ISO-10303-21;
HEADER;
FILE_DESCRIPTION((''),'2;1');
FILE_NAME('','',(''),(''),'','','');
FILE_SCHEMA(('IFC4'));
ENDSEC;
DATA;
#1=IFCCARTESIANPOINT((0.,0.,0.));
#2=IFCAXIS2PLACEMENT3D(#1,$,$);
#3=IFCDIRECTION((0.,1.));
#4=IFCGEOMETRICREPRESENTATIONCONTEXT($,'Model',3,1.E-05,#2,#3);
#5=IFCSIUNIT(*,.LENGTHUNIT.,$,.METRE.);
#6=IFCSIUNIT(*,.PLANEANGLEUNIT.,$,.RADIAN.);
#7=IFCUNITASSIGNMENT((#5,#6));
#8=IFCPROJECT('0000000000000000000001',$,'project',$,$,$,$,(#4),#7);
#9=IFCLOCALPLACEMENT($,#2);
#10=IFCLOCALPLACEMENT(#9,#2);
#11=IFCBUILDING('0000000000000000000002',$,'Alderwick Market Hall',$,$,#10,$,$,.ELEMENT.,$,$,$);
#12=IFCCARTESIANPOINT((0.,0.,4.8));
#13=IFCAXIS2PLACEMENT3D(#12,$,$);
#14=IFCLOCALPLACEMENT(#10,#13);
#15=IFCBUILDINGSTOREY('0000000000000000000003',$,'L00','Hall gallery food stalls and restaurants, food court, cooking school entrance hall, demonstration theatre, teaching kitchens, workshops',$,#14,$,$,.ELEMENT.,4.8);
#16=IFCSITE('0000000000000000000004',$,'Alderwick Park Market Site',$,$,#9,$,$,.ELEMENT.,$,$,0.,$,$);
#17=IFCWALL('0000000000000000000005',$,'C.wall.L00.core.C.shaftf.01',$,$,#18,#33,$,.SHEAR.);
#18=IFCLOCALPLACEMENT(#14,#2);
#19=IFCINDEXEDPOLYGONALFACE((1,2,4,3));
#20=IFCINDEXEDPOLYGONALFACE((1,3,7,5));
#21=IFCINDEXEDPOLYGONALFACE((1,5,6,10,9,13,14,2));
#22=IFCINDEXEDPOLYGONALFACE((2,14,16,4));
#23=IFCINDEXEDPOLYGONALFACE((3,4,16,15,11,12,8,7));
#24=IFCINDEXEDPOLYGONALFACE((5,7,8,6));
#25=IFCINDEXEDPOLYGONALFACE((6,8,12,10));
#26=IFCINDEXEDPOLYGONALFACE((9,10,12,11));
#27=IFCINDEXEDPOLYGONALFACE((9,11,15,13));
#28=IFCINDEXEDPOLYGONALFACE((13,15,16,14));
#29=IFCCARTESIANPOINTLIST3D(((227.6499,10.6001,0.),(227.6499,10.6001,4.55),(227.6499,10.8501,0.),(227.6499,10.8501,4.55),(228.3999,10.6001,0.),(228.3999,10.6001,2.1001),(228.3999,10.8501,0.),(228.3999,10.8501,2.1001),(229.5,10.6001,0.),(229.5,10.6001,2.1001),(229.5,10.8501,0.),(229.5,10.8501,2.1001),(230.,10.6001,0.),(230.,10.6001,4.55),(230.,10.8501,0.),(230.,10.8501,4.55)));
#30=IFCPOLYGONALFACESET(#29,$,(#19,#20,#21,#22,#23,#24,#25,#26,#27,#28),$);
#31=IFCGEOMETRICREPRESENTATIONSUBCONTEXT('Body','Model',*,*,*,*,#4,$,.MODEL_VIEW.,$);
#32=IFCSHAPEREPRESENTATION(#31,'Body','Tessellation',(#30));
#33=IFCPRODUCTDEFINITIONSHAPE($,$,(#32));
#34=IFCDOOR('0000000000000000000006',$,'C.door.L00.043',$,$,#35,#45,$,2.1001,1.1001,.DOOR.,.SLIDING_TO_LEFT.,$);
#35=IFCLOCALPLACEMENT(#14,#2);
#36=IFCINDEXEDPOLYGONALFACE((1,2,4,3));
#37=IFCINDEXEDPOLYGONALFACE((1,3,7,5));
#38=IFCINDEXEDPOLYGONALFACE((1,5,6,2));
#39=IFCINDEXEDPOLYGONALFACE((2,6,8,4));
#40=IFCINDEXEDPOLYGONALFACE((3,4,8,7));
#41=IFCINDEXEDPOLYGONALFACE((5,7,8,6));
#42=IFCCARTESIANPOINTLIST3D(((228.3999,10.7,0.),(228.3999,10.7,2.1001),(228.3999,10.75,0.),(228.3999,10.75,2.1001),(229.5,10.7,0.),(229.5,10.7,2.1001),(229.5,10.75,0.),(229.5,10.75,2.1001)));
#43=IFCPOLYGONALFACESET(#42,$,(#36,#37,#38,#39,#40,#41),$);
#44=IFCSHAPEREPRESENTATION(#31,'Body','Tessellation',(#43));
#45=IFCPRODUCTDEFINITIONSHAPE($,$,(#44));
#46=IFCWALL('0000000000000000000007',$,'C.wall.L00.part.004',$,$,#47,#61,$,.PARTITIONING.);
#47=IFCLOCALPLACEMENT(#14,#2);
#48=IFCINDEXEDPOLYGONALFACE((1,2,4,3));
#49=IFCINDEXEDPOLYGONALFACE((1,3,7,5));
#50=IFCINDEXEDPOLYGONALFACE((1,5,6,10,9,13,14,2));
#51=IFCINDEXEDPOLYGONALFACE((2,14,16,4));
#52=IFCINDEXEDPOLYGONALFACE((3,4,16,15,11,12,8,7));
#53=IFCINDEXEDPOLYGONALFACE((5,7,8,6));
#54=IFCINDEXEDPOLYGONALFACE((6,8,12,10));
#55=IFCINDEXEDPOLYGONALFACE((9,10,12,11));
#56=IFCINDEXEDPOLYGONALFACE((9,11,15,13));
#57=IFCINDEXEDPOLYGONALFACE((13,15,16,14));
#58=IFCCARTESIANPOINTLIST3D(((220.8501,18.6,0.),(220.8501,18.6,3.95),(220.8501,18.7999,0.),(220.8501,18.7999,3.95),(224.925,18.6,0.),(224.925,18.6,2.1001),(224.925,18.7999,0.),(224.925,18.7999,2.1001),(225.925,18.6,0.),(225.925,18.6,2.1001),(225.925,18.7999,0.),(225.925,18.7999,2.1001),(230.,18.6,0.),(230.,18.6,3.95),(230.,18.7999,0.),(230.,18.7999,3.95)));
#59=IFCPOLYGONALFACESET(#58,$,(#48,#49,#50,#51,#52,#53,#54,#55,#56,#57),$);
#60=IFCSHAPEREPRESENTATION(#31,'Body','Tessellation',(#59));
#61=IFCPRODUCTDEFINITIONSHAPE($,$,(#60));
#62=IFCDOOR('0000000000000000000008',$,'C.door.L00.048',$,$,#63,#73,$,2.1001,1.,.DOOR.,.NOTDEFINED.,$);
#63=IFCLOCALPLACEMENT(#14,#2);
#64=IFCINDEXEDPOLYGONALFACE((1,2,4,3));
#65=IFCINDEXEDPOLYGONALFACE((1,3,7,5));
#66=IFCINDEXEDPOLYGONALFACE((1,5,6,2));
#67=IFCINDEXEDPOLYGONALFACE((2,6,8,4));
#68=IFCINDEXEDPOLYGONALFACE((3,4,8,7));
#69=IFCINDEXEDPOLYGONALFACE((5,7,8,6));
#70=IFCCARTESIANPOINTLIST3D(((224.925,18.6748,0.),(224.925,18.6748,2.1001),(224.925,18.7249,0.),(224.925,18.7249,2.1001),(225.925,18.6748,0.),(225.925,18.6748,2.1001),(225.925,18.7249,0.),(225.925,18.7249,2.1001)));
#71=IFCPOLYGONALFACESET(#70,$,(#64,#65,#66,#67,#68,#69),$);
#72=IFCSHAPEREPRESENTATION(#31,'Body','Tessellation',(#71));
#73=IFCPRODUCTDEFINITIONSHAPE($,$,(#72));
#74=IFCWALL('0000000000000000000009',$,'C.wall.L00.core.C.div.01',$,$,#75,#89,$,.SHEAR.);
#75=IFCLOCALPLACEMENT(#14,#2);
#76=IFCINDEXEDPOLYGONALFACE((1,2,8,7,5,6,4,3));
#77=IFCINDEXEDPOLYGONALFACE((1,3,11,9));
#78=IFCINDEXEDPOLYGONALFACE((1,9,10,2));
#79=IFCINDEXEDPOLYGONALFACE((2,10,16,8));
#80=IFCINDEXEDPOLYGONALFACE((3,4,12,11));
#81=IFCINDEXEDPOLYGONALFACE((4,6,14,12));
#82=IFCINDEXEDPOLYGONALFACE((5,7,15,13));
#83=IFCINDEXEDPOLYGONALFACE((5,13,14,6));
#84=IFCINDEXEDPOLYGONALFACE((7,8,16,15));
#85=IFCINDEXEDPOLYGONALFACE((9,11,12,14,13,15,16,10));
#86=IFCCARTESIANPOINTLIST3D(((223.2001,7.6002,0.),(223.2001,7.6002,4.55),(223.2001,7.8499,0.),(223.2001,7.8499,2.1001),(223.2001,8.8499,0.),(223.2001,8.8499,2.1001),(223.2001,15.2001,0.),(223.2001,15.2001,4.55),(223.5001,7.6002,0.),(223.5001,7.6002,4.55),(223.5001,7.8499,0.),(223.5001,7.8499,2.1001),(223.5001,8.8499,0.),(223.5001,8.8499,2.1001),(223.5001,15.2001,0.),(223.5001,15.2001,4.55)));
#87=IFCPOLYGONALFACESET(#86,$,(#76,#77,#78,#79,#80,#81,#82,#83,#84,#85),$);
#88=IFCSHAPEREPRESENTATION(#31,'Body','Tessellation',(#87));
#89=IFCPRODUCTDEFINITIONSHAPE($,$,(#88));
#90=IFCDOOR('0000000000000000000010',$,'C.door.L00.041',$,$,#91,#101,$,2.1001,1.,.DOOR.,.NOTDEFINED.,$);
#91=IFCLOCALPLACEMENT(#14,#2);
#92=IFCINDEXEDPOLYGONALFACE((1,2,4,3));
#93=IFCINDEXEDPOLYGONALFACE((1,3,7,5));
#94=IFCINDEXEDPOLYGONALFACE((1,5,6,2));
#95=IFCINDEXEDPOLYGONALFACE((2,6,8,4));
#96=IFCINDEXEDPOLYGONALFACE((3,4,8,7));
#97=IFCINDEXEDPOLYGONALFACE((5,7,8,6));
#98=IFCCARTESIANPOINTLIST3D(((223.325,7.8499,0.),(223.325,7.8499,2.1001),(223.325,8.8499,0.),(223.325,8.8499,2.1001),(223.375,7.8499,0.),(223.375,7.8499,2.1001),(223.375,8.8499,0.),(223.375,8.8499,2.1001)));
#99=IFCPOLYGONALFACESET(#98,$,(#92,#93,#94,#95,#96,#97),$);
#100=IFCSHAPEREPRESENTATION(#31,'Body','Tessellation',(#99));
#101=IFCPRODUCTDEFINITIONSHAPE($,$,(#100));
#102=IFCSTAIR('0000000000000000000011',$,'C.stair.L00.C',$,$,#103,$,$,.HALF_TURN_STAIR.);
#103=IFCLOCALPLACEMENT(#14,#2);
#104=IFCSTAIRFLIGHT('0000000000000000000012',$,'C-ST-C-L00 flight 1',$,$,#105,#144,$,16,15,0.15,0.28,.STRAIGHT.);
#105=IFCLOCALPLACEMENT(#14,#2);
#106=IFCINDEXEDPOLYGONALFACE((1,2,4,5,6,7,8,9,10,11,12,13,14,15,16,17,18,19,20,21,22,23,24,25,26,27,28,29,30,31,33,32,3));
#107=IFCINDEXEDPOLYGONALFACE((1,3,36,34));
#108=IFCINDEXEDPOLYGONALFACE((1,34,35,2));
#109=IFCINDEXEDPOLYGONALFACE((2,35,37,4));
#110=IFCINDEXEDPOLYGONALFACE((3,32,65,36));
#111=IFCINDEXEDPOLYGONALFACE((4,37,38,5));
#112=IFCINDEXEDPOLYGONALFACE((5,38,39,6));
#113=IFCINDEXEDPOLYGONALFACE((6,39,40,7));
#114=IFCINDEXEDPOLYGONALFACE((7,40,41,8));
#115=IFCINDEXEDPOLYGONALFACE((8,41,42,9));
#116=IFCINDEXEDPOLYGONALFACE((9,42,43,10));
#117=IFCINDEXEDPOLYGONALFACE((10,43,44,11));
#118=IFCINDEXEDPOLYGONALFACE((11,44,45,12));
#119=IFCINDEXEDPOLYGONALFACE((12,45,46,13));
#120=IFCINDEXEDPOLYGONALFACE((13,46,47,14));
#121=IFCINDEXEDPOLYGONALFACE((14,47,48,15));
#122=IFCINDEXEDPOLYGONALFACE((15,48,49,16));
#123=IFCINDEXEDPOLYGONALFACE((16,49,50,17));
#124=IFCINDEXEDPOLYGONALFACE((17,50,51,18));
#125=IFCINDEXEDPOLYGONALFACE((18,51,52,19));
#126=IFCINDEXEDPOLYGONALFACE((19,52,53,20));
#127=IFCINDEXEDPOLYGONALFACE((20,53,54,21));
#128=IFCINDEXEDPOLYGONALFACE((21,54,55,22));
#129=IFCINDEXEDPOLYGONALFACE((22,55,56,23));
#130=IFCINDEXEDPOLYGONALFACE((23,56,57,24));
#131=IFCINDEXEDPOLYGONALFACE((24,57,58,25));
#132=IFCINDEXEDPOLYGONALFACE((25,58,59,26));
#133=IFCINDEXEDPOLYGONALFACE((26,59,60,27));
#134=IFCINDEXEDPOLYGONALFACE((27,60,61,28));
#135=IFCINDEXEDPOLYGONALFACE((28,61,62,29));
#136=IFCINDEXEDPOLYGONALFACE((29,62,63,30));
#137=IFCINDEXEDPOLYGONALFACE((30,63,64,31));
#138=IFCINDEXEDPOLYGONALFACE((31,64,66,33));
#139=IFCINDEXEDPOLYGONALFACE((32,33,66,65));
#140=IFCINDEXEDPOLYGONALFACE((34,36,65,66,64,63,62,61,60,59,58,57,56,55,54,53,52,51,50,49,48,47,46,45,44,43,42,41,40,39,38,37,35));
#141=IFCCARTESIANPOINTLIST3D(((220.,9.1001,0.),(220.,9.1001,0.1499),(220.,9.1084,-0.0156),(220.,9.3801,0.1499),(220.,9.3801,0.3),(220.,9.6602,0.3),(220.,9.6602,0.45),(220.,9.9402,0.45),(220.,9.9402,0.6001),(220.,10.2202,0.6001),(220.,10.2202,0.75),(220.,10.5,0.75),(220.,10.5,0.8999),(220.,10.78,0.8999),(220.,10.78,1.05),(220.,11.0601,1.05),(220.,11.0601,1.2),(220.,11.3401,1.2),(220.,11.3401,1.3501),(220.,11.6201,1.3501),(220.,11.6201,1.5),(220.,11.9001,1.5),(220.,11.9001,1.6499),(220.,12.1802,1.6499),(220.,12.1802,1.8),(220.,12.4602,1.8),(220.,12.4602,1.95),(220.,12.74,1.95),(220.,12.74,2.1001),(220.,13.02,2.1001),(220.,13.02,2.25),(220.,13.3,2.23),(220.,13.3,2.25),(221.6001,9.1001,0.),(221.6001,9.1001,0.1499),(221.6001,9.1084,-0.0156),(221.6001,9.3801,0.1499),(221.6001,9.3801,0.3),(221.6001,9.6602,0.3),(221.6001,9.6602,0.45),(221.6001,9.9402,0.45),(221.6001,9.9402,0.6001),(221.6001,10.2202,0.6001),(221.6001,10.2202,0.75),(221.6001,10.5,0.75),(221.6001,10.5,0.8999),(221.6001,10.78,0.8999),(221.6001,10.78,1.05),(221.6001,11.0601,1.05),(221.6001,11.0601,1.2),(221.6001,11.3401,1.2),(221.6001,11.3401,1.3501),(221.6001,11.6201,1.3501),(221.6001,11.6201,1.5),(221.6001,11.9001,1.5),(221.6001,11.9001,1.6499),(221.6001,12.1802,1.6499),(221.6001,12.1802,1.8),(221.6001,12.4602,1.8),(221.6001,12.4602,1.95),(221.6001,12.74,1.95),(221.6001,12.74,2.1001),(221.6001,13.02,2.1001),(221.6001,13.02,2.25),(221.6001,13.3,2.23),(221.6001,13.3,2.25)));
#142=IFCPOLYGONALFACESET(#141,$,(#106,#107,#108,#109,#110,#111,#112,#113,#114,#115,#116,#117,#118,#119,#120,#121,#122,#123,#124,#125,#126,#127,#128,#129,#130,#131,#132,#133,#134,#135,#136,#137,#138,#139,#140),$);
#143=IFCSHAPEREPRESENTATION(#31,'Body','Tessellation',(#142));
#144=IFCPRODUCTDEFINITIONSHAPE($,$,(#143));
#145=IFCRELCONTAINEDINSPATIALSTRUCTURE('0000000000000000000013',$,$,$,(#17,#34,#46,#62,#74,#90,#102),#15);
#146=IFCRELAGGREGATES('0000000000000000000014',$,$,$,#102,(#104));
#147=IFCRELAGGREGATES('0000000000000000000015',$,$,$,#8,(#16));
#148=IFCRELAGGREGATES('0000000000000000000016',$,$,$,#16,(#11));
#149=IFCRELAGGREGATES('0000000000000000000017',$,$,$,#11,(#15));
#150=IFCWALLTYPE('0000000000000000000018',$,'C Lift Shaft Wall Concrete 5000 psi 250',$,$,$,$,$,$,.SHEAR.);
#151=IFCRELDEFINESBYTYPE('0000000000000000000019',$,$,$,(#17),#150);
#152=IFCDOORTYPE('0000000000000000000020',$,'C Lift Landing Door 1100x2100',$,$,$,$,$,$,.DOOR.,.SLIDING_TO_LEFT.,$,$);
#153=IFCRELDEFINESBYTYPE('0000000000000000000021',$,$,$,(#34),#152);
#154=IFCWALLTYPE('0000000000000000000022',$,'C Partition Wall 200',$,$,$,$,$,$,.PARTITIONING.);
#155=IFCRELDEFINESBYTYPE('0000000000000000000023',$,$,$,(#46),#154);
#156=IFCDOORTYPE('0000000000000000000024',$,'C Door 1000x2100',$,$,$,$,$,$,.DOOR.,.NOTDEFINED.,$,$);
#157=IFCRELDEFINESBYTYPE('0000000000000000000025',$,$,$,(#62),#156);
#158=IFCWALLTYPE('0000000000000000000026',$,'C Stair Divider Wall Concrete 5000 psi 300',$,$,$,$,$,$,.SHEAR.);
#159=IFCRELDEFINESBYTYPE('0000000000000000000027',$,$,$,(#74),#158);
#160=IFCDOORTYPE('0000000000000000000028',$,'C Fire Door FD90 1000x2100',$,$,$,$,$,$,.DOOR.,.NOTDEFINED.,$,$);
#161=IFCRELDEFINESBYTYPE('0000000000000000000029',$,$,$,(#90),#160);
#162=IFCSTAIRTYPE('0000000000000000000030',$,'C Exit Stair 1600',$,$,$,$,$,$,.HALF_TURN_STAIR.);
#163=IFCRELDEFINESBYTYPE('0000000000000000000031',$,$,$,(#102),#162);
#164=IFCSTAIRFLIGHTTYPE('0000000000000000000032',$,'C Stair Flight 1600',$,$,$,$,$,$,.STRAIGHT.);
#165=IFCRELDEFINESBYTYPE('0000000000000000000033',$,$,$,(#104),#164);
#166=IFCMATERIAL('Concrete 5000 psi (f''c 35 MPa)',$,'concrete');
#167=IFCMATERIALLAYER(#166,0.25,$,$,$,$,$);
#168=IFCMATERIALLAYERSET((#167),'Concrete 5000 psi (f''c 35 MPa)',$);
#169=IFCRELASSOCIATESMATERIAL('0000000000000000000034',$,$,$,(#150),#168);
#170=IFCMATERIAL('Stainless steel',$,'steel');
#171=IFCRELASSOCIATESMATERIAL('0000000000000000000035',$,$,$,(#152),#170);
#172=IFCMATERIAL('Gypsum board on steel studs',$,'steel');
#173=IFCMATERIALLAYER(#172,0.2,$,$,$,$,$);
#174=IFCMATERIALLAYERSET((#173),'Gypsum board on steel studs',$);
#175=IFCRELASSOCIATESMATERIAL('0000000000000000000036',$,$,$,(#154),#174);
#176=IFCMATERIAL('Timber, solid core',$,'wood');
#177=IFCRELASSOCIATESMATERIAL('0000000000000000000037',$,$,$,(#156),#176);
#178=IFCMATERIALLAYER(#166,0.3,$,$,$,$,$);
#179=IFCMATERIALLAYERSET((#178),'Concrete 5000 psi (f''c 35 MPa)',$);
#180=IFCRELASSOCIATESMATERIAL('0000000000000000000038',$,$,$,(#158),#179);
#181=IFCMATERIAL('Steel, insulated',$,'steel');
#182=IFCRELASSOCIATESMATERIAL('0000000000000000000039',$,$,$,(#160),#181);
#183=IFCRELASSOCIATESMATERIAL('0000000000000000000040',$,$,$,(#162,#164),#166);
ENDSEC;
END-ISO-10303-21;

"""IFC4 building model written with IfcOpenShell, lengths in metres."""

from ifc_helpers import new_model, si_unit, direction, frame, frame_2d, origin, place, context, subcontext, project, spatial, polyline, rectangle, outline, extrude, material, layer, layer_set, type_object, element, fill, aggregate, save


model = new_model("IFC4")

# Units and contexts
model_context = context("Model", 3, precision=1e-05, world=origin(), true_north=direction((0.0, 1.0)))
body_context = subcontext(model_context, "Body", "Model", "MODEL_VIEW")
ifc_project = project(units=[si_unit("LENGTHUNIT", "METRE"), si_unit("PLANEANGLEUNIT", "RADIAN")], contexts=[model_context])

# Site, building, storey
site_placement = place(None, origin())
site = spatial("IfcSite", under=ifc_project, at=site_placement, Name="Alderwick Park Market Site", CompositionType="ELEMENT", RefElevation=0.0)
building_placement = place(site_placement, origin())
building = spatial("IfcBuilding", under=site, at=building_placement, Name="Alderwick Market Hall", CompositionType="ELEMENT")
storey_placement = place(building_placement, frame((0.0, 0.0, 4.8)))
storey = spatial("IfcBuildingStorey", under=building, at=storey_placement, Name="L00", Description="Hall gallery food stalls and restaurants, food court, cooking school entrance hall, demonstration theatre, teaching kitchens, workshops", CompositionType="ELEMENT", Elevation=4.8)

# Shared definitions
ifc_material_1 = material(Name="Concrete 5000 psi (f'c 35 MPa)", Category="concrete")

# Shared definitions
ifc_material_2 = material(Name="Steel, insulated", Category="steel")

# Shared definitions
ifc_layer_1 = layer(ifc_material_1, 0.25)
ifc_layer_set_1 = layer_set([ifc_layer_1], Name="Concrete 5000 psi (f'c 35 MPa)")
wall_type_1 = type_object("IfcWallType", Name="C Lift Shaft Wall Concrete 5000 psi 250", PredefinedType="SHEAR", material=ifc_layer_set_1)

# Walls, openings, doors
wall_1_placement = place(storey_placement, frame((227.6499, 10.7251, 0.0), z_axis=(0.0, 0.0, 1.0), x_axis=(1.0, 0.0, 0.0)))
wall_1 = element("IfcWall", 1, at=wall_1_placement, inside=storey, type_object=wall_type_1, Name="C.wall.L00.core.C.shaftf.01", PredefinedType="SHEAR", context=body_context, shape_type="SweptSolid", body=[
    extrude(rectangle(XDim=2.3501, YDim=0.25, at=frame_2d((1.175, 0.0))), origin(), (0.0, 0.0, 1.0), 4.55),
])
opening_1_placement = place(wall_1_placement, frame((0.75, 0.0, 0.0)))
opening_1 = element("IfcOpeningElement", 2, at=opening_1_placement, cuts=wall_1, PredefinedType="OPENING", context=body_context, shape_type="SweptSolid", body=[
    extrude(rectangle(XDim=1.1001, YDim=2.1001, at=frame_2d((0.55, 1.05))), frame((0.0, 0.135, 0.0), z_axis=(0.0, -1.0, 0.0), x_axis=(1.0, 0.0, 0.0)), (0.0, 0.0, 1.0), 0.27),
])
ifc_material_3 = material(Name="Stainless steel", Category="steel")
door_type_1 = type_object("IfcDoorType", Name="C Lift Landing Door 1100x2100", OperationType="SLIDING_TO_LEFT", PredefinedType="DOOR", material=ifc_material_3)
door_1_placement = place(opening_1_placement, origin())
door_1 = element("IfcDoor", 3, at=door_1_placement, inside=storey, type_object=door_type_1, Name="C.door.L00.043", OperationType="SLIDING_TO_LEFT", OverallHeight=2.1001, OverallWidth=1.1001, PredefinedType="DOOR", context=body_context, shape_type="SweptSolid", body=[
    extrude(rectangle(XDim=1.1001, YDim=2.1001, at=frame_2d((0.55, 1.05))), frame((0.0, 0.0249, 0.0), z_axis=(0.0, -1.0, 0.0), x_axis=(1.0, 0.0, 0.0)), (0.0, 0.0, 1.0), 0.05),
])
fill(opening_1, door_1)
ifc_material_4 = material(Name="Gypsum board on steel studs", Category="steel")
ifc_layer_2 = layer(ifc_material_4, 0.2)
ifc_layer_set_2 = layer_set([ifc_layer_2], Name="Gypsum board on steel studs")
wall_type_2 = type_object("IfcWallType", Name="C Partition Wall 200", PredefinedType="PARTITIONING", material=ifc_layer_set_2)
wall_2_placement = place(storey_placement, frame((220.8501, 18.7, 0.0), z_axis=(0.0, 0.0, 1.0), x_axis=(1.0, 0.0, 0.0)))
wall_2 = element("IfcWall", 4, at=wall_2_placement, inside=storey, type_object=wall_type_2, Name="C.wall.L00.part.004", PredefinedType="PARTITIONING", context=body_context, shape_type="SweptSolid", body=[
    extrude(rectangle(XDim=9.1499, YDim=0.2, at=frame_2d((4.575, 0.0))), origin(), (0.0, 0.0, 1.0), 3.95),
])
opening_2_placement = place(wall_2_placement, frame((4.075, 0.0, 0.0)))
opening_2 = element("IfcOpeningElement", 5, at=opening_2_placement, cuts=wall_2, PredefinedType="OPENING", context=body_context, shape_type="SweptSolid", body=[
    extrude(rectangle(XDim=1.0, YDim=2.1001, at=frame_2d((0.5, 1.05))), frame((0.0, 0.1099, 0.0), z_axis=(0.0, -1.0, 0.0), x_axis=(1.0, 0.0, 0.0)), (0.0, 0.0, 1.0), 0.22),
])
ifc_material_5 = material(Name="Timber, solid core", Category="wood")
door_type_2 = type_object("IfcDoorType", Name="C Door 1000x2100", OperationType="NOTDEFINED", PredefinedType="DOOR", material=ifc_material_5)
door_2_placement = place(opening_2_placement, origin())
door_2 = element("IfcDoor", 6, at=door_2_placement, inside=storey, type_object=door_type_2, Name="C.door.L00.048", OperationType="NOTDEFINED", OverallHeight=2.1001, OverallWidth=1.0, PredefinedType="DOOR", context=body_context, shape_type="SweptSolid", body=[
    extrude(rectangle(XDim=1.0, YDim=2.1001, at=frame_2d((0.5, 1.05))), frame((0.0, 0.0249, 0.0), z_axis=(0.0, -1.0, 0.0), x_axis=(1.0, 0.0, 0.0)), (0.0, 0.0, 1.0), 0.05),
])
fill(opening_2, door_2)
ifc_layer_3 = layer(ifc_material_1, 0.3)
ifc_layer_set_3 = layer_set([ifc_layer_3], Name="Concrete 5000 psi (f'c 35 MPa)")
wall_type_3 = type_object("IfcWallType", Name="C Stair Divider Wall Concrete 5000 psi 300", PredefinedType="SHEAR", material=ifc_layer_set_3)
wall_3_placement = place(storey_placement, frame((223.3501, 15.2, 0.0), z_axis=(0.0, 0.0, 1.0), x_axis=(0.0, -1.0, 0.0)))
wall_3 = element("IfcWall", 7, at=wall_3_placement, inside=storey, type_object=wall_type_3, Name="C.wall.L00.core.C.div.01", PredefinedType="SHEAR", context=body_context, shape_type="SweptSolid", body=[
    extrude(rectangle(XDim=7.5999, YDim=0.3, at=frame_2d((3.7998, 0.0))), origin(), (0.0, 0.0, 1.0), 4.55),
])
opening_3_placement = place(wall_3_placement, frame((6.3501, 0.0, 0.0)))
opening_3 = element("IfcOpeningElement", 8, at=opening_3_placement, cuts=wall_3, PredefinedType="OPENING", context=body_context, shape_type="SweptSolid", body=[
    extrude(rectangle(XDim=1.0, YDim=2.1001, at=frame_2d((0.5, 1.05))), frame((0.0, 0.1599, 0.0), z_axis=(0.0, -1.0, 0.0), x_axis=(1.0, 0.0, 0.0)), (0.0, 0.0, 1.0), 0.3201),
])
door_type_3 = type_object("IfcDoorType", Name="C Fire Door FD90 1000x2100", OperationType="NOTDEFINED", PredefinedType="DOOR", material=ifc_material_2)
door_3_placement = place(opening_3_placement, origin())
door_3 = element("IfcDoor", 9, at=door_3_placement, inside=storey, type_object=door_type_3, Name="C.door.L00.041", OperationType="NOTDEFINED", OverallHeight=2.1001, OverallWidth=1.0, PredefinedType="DOOR", context=body_context, shape_type="SweptSolid", body=[
    extrude(rectangle(XDim=1.0, YDim=2.1001, at=frame_2d((0.5, 1.05))), frame((0.0, 0.0249, 0.0), z_axis=(0.0, -1.0, 0.0), x_axis=(1.0, 0.0, 0.0)), (0.0, 0.0, 1.0), 0.05),
])
fill(opening_3, door_3)

# Stair, stair flight
stair_type = type_object("IfcStairType", Name="C Exit Stair 1600", PredefinedType="HALF_TURN_STAIR", material=ifc_material_1)
stair_placement = place(storey_placement, origin())
stair = element("IfcStair", 10, at=stair_placement, inside=storey, type_object=stair_type, Name="C.stair.L00.C", PredefinedType="HALF_TURN_STAIR")
stair_flight_type = type_object("IfcStairFlightType", Name="C Stair Flight 1600", PredefinedType="STRAIGHT", material=ifc_material_1)
stair_flight_1_placement = place(storey_placement, frame((220.8, 9.1001, 0.0), z_axis=(0.0, 0.0, 1.0), x_axis=(0.0, 1.0, 0.0)))
stair_flight_1 = element("IfcStairFlight", 11, at=stair_flight_1_placement, type_object=stair_flight_type, Name="C-ST-C-L00 flight 1", NumberOfRisers=16, NumberOfTreads=15, PredefinedType="STRAIGHT", RiserHeight=0.15, TreadLength=0.28, context=body_context, shape_type="SweptSolid", body=[
    extrude(outline(polyline([(0.0083, -0.0156), (0.0, 0.0), (0.0, 0.1499), (0.28, 0.1499), (0.28, 0.3), (0.5601, 0.3), (0.5601, 0.45), (0.8401, 0.45), (0.8401, 0.6001), (1.1201, 0.6001), (1.1201, 0.75), (1.3999, 0.75), (1.3999, 0.8999), (1.6799, 0.8999), (1.6799, 1.05), (1.96, 1.05), (1.96, 1.2), (2.24, 1.2), (2.24, 1.3501), (2.52, 1.3501), (2.52, 1.5), (2.8, 1.5), (2.8, 1.6499), (3.0801, 1.6499), (3.0801, 1.8), (3.3601, 1.8), (3.3601, 1.95), (3.6399, 1.95), (3.6399, 2.1001), (3.9199, 2.1001), (3.9199, 2.25), (4.2, 2.25), (4.2, 2.23), (0.0083, -0.0156)])), frame((0.0, 0.8, 0.0), z_axis=(0.0, -1.0, 0.0), x_axis=(1.0, 0.0, 0.0)), (0.0, 0.0, 1.0), 1.6001),
])
aggregate(stair, [stair_flight_1])

save(model, "model.ifc")
